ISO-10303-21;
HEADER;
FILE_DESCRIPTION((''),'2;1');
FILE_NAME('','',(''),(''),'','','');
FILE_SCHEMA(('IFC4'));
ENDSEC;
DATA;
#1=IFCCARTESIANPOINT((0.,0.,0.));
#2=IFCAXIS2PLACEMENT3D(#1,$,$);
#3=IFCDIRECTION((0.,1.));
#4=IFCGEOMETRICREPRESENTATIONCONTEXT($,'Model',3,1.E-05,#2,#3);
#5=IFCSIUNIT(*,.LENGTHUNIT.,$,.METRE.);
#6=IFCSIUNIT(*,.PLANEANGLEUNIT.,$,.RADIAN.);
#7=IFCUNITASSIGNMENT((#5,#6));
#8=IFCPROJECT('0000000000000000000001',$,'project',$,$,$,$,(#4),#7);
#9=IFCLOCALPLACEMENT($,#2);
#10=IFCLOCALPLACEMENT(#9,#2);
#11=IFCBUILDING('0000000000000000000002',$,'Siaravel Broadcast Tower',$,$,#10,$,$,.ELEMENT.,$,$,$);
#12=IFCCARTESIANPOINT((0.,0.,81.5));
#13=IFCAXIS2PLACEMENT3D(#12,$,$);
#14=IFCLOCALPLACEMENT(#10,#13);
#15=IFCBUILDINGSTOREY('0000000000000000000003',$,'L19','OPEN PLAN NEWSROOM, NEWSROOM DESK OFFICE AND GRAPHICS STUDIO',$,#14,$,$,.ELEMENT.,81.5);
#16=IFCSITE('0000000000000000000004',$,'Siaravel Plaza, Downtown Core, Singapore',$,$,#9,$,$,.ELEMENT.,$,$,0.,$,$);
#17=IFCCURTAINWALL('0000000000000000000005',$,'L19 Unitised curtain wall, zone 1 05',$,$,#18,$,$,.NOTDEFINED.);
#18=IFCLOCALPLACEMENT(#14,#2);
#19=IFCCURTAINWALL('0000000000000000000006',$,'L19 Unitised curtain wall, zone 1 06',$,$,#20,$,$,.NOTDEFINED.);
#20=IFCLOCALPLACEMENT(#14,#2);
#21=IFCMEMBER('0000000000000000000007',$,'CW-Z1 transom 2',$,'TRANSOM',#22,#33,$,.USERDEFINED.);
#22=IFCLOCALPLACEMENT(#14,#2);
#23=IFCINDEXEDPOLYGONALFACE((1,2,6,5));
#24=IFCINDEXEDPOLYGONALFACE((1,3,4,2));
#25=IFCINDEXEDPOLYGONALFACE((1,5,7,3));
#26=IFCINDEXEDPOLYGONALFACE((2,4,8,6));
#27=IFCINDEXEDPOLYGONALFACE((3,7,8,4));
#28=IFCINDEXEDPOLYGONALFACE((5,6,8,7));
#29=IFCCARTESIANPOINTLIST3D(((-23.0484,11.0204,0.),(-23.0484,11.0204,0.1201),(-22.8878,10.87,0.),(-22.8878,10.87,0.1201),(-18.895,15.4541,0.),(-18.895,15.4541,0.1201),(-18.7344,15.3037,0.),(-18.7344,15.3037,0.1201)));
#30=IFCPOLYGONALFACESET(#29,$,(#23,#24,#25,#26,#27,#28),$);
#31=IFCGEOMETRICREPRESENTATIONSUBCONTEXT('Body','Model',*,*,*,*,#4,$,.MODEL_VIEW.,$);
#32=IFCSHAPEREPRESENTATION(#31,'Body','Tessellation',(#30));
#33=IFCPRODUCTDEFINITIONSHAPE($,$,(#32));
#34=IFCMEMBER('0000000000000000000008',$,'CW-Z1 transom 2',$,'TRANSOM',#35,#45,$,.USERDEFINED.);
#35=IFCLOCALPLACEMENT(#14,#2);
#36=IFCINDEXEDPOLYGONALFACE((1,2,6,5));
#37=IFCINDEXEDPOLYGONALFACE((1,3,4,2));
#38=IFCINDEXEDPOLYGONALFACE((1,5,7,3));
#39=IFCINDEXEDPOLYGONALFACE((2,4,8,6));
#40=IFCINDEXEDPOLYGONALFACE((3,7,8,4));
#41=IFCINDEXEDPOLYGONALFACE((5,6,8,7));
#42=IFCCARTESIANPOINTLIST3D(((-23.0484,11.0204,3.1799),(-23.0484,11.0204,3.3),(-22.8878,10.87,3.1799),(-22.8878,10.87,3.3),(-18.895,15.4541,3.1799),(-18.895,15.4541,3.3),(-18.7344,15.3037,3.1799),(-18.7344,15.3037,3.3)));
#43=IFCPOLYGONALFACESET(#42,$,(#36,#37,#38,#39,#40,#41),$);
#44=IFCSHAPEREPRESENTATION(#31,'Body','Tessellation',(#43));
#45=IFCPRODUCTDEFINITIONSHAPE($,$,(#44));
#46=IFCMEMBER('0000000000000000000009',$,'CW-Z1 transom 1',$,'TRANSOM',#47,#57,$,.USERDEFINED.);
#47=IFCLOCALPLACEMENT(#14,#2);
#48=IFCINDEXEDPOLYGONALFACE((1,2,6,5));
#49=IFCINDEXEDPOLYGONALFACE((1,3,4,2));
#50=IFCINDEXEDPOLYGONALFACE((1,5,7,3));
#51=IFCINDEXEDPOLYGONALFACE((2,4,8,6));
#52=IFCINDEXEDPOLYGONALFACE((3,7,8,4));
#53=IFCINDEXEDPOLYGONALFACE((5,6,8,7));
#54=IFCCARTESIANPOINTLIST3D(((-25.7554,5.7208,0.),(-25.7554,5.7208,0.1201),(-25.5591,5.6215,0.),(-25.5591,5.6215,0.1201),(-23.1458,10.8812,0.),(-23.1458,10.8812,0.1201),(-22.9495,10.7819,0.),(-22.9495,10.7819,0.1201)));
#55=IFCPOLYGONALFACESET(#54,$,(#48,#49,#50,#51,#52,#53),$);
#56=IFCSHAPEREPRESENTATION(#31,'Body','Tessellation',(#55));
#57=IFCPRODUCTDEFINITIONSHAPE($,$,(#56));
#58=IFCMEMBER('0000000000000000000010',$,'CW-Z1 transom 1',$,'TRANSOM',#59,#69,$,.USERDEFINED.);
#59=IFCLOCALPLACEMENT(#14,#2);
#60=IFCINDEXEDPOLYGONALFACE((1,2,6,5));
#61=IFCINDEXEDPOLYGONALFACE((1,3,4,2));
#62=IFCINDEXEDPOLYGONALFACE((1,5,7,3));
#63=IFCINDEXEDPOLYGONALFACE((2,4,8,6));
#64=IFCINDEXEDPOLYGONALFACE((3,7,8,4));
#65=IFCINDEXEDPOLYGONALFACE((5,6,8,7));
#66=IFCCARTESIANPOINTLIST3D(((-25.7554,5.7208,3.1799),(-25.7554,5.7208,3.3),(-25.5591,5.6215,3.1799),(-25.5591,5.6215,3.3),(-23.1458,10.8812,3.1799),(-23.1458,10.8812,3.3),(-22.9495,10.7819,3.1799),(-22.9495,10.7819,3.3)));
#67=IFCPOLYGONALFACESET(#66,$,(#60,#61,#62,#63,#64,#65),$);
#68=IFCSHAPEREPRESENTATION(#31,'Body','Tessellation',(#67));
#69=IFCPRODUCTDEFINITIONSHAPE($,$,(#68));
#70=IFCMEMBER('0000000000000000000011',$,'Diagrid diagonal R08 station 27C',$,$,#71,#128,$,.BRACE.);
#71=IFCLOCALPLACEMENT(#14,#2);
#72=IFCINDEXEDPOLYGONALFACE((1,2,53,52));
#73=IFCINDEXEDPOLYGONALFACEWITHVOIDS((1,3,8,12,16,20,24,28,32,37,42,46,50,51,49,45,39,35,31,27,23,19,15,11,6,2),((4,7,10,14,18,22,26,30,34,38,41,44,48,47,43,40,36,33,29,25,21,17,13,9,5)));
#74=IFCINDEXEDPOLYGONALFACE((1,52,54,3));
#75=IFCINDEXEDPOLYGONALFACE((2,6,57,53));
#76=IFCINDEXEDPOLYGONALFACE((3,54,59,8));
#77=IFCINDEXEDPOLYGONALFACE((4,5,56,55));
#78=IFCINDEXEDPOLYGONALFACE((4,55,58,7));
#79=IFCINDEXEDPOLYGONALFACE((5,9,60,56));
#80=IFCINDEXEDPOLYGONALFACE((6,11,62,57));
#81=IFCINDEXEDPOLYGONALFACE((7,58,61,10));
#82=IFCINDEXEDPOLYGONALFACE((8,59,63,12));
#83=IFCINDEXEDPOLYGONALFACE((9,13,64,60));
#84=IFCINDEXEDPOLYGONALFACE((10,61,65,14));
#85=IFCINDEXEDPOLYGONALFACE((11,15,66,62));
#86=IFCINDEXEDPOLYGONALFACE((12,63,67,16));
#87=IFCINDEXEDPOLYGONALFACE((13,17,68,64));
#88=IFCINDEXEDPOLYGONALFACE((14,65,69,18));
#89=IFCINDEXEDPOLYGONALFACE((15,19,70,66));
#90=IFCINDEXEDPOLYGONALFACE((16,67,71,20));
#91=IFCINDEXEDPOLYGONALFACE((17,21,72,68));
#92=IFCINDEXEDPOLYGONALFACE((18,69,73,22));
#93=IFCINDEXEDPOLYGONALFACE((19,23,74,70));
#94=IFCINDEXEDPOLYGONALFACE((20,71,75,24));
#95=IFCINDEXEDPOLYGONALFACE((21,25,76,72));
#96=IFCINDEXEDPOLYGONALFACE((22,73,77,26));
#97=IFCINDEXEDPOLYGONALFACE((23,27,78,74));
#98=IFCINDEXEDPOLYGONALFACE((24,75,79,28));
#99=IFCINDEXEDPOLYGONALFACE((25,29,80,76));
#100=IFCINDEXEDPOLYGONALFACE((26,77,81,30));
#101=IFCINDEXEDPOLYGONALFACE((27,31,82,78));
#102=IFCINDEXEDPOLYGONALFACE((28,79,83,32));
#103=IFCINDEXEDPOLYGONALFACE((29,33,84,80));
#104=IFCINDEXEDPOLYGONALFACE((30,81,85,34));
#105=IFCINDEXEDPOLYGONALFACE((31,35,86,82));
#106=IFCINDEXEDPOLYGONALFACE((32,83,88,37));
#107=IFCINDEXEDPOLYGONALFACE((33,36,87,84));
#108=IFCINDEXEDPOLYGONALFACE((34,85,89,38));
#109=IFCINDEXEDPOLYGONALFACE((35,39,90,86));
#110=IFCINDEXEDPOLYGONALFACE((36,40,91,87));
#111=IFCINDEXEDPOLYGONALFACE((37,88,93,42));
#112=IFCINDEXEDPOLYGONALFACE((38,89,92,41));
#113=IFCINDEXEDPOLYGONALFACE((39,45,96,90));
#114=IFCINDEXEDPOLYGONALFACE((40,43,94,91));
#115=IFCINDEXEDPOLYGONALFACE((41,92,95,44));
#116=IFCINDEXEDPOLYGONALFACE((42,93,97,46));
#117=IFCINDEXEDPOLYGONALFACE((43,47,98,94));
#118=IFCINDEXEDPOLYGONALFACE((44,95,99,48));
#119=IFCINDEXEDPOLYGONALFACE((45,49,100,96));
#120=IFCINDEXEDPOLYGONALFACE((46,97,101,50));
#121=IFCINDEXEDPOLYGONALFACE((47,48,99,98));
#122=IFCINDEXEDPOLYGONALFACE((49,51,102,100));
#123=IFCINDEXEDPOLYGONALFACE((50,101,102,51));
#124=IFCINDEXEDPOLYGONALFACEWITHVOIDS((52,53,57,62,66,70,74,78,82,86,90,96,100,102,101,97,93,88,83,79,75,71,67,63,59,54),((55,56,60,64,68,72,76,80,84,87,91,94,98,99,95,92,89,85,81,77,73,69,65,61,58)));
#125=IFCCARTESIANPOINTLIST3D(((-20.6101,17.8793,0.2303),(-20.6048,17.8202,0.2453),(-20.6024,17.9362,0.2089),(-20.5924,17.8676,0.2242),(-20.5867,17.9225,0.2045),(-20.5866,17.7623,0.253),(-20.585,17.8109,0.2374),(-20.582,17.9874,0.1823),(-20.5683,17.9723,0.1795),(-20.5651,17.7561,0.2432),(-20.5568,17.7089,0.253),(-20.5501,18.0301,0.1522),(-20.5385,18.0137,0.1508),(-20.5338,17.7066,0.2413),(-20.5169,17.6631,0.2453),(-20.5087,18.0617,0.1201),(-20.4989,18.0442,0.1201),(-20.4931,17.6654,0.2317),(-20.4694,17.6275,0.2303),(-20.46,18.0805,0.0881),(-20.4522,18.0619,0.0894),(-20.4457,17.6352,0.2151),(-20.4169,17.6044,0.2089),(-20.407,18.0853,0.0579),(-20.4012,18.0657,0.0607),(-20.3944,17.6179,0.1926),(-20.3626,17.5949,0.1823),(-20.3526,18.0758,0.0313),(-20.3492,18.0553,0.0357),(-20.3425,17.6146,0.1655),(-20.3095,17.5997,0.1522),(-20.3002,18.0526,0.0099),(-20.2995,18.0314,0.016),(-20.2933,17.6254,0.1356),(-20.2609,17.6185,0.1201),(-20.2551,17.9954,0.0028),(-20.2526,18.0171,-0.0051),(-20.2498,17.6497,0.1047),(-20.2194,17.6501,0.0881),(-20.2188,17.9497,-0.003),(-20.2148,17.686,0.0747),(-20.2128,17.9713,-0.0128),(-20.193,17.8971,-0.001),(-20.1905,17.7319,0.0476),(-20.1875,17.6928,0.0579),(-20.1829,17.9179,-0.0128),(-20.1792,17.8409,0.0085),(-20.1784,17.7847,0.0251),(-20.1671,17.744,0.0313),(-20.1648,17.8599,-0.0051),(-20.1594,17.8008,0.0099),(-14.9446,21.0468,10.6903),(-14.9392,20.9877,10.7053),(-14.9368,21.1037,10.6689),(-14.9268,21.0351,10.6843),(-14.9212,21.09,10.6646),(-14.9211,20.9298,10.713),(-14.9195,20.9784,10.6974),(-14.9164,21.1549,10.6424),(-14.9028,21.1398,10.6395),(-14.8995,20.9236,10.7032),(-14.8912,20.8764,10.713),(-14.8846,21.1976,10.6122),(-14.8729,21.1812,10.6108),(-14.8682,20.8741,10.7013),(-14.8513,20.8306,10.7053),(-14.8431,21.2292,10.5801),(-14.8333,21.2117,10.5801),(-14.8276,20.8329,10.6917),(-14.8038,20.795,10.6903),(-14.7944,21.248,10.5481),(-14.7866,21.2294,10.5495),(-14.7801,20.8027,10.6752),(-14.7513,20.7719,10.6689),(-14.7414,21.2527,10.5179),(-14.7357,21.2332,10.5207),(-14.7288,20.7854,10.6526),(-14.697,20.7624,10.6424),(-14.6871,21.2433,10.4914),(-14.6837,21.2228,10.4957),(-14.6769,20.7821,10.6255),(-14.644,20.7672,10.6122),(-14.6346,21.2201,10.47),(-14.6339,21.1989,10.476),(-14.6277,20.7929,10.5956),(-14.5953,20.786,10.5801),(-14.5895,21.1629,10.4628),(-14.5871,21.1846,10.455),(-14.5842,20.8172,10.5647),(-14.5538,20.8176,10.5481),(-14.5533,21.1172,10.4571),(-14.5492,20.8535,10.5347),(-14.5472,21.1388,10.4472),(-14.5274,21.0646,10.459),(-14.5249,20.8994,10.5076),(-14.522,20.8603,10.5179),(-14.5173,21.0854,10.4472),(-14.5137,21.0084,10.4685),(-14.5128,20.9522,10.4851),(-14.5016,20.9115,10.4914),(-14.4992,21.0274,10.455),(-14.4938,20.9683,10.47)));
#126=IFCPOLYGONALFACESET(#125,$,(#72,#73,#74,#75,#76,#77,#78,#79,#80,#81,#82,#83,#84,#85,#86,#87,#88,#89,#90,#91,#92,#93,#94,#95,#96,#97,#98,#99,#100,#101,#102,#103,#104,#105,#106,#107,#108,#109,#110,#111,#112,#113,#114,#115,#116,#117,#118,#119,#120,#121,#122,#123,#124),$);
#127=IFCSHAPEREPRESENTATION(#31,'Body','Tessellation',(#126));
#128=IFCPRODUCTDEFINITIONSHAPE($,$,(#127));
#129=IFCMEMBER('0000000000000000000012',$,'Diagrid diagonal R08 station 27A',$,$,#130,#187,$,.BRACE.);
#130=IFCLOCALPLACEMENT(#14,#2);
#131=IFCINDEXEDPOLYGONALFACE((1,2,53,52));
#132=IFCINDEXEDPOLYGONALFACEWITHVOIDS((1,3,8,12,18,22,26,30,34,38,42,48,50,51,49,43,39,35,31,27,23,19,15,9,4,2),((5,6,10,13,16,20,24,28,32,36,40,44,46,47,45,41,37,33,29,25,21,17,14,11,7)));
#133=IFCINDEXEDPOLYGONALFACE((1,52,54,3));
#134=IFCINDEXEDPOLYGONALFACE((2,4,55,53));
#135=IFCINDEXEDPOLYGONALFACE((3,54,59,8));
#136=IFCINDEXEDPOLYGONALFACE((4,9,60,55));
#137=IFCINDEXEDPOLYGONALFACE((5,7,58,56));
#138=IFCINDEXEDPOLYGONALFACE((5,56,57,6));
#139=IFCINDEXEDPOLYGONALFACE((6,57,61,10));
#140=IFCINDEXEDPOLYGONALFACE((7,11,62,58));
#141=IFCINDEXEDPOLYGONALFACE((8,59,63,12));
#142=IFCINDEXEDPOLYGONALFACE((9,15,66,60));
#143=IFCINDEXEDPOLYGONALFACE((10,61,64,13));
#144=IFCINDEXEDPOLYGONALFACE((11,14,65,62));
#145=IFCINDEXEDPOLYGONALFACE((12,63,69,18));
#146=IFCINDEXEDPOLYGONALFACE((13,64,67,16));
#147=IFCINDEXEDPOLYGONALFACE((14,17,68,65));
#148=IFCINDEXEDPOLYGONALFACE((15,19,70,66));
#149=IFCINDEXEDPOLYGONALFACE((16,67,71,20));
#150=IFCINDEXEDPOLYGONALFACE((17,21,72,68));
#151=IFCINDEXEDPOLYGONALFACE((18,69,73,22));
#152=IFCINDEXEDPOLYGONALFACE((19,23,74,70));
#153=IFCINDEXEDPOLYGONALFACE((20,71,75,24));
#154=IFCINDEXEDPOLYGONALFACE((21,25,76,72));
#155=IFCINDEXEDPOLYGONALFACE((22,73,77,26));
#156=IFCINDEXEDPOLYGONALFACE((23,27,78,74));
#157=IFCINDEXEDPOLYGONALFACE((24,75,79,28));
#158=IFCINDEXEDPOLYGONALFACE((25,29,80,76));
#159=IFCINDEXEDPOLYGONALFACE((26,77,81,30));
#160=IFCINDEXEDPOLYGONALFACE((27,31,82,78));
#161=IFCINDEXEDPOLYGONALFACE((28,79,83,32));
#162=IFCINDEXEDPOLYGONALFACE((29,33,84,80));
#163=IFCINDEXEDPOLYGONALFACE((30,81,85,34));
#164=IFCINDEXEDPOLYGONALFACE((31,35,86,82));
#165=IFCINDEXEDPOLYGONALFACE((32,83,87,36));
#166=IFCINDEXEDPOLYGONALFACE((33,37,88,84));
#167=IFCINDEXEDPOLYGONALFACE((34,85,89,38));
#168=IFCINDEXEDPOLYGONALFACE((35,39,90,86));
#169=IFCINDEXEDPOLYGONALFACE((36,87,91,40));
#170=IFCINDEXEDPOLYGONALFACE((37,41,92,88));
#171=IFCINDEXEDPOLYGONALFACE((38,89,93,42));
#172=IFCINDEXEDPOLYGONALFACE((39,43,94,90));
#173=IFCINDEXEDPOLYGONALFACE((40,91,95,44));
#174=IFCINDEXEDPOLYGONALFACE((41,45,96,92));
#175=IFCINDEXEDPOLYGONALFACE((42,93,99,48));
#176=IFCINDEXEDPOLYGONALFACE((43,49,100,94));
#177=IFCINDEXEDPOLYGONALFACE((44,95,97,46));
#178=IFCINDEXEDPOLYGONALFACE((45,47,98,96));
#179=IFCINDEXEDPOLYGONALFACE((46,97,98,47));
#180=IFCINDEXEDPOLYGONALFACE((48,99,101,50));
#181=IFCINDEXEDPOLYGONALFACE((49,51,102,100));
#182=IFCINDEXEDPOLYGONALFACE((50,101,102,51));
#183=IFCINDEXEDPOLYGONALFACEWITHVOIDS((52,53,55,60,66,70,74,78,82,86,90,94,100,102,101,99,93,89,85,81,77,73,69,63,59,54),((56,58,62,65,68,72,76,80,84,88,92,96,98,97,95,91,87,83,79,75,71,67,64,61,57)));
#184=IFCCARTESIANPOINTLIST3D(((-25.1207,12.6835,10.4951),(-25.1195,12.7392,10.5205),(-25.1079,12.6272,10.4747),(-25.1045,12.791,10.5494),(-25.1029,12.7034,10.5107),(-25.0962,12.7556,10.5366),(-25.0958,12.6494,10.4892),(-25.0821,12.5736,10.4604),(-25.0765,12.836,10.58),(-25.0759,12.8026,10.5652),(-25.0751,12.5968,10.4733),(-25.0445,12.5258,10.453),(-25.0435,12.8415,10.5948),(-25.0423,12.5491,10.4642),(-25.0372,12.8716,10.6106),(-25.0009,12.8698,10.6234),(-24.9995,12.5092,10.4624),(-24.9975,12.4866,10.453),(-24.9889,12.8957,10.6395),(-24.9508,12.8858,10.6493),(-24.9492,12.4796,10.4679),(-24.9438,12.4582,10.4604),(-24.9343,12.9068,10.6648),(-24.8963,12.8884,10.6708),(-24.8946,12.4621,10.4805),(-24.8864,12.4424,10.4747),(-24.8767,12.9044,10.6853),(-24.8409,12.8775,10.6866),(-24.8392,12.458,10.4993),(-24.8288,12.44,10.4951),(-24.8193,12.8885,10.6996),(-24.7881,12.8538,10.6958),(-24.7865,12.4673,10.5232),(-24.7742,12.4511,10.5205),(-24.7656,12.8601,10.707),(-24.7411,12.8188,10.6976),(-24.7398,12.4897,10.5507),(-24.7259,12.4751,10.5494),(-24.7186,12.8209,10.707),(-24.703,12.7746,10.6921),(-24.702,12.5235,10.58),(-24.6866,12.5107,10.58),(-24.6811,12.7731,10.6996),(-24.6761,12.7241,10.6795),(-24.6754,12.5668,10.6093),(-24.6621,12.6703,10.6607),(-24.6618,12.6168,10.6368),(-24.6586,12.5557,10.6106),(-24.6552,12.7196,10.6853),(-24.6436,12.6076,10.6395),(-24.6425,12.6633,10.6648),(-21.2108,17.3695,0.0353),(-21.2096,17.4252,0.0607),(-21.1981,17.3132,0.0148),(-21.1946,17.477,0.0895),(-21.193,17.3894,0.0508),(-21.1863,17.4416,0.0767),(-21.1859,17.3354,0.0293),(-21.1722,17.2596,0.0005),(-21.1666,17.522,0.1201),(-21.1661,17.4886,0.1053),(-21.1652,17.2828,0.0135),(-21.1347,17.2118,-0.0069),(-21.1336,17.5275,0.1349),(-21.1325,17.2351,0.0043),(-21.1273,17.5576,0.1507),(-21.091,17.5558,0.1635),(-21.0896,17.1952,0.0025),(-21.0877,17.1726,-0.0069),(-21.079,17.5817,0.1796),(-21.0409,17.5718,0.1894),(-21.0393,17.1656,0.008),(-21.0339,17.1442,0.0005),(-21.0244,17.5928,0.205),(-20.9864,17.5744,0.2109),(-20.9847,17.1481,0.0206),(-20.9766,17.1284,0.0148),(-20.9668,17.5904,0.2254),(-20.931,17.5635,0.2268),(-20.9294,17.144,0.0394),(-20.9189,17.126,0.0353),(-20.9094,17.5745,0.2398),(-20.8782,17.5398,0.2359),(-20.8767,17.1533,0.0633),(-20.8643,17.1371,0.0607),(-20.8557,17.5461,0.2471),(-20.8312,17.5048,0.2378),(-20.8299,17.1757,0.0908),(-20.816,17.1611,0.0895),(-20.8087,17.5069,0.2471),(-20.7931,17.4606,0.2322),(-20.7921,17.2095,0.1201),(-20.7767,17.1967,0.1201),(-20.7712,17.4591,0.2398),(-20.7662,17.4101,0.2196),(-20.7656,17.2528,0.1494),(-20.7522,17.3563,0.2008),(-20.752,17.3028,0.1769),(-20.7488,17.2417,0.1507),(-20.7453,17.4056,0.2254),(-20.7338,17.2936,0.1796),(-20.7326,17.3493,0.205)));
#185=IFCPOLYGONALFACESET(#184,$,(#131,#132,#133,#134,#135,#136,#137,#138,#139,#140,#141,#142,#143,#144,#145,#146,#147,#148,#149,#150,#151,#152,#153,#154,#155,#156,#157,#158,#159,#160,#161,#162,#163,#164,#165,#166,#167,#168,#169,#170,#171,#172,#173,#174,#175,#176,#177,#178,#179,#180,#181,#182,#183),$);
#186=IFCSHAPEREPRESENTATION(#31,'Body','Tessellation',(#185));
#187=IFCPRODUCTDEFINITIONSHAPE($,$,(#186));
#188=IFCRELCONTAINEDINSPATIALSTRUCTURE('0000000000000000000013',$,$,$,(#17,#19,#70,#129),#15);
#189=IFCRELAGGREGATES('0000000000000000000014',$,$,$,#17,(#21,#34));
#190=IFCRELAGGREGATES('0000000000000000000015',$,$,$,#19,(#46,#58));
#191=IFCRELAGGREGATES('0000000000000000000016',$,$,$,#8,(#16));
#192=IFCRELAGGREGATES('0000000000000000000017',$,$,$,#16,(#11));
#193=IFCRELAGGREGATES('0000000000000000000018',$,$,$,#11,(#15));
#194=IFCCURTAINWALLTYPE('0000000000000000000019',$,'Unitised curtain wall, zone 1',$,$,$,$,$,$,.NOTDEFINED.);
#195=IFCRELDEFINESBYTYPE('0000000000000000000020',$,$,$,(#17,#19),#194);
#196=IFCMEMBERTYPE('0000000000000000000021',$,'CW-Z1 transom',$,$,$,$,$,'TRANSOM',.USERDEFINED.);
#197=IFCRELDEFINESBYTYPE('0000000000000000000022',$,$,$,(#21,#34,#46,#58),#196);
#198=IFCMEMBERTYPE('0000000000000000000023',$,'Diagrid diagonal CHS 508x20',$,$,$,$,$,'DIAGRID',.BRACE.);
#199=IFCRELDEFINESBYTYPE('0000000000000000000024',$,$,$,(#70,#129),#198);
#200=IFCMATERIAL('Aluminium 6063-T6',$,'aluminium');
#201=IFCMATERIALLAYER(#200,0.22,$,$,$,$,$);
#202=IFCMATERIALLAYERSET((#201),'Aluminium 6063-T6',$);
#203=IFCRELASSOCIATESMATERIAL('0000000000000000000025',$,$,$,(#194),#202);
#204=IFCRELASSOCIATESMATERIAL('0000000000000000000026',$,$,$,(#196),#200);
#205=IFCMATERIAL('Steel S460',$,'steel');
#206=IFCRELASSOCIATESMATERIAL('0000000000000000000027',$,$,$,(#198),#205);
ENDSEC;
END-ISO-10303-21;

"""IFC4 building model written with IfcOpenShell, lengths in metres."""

from ifc_helpers import new_model, si_unit, direction, frame, origin, origin_2d, place, context, subcontext, project, spatial, rectangle, hollow_circle, extrude, material, layer, layer_set, material_profile, profile_set, type_object, element, aggregate, save


model = new_model("IFC4")

# Units and contexts
model_context = context("Model", 3, precision=1e-05, world=origin(), true_north=direction((0.0, 1.0)))
body_context = subcontext(model_context, "Body", "Model", "MODEL_VIEW")
ifc_project = project(units=[si_unit("LENGTHUNIT", "METRE"), si_unit("PLANEANGLEUNIT", "RADIAN")], contexts=[model_context])

# Site, building, storey
site_placement = place(None, origin())
site = spatial("IfcSite", under=ifc_project, at=site_placement, Name="Siaravel Plaza, Downtown Core, Singapore", CompositionType="ELEMENT", RefElevation=0.0)
building_placement = place(site_placement, origin())
building = spatial("IfcBuilding", under=site, at=building_placement, Name="Siaravel Broadcast Tower", CompositionType="ELEMENT")
storey_placement = place(building_placement, frame((0.0, 0.0, 81.5)))
storey = spatial("IfcBuildingStorey", under=building, at=storey_placement, Name="L19", Description="OPEN PLAN NEWSROOM, NEWSROOM DESK OFFICE AND GRAPHICS STUDIO", CompositionType="ELEMENT", Elevation=81.5)

# Curtain wall
ifc_material_1 = material(Name="Aluminium 6063-T6", Category="aluminium")
ifc_layer_1 = layer(ifc_material_1, 0.22)
ifc_layer_set_1 = layer_set([ifc_layer_1], Name="Aluminium 6063-T6")
curtain_wall_type = type_object("IfcCurtainWallType", Name="Unitised curtain wall, zone 1", PredefinedType="NOTDEFINED", material=ifc_layer_set_1)
curtain_wall_1_placement = place(storey_placement, origin())
curtain_wall_1 = element("IfcCurtainWall", 1, at=curtain_wall_1_placement, inside=storey, type_object=curtain_wall_type, Name="L19 Unitised curtain wall, zone 1 05", PredefinedType="NOTDEFINED")

# Curtain wall
curtain_wall_2_placement = place(storey_placement, origin())
curtain_wall_2 = element("IfcCurtainWall", 2, at=curtain_wall_2_placement, inside=storey, type_object=curtain_wall_type, Name="L19 Unitised curtain wall, zone 1 06", PredefinedType="NOTDEFINED")

# Members
ifc_material_profile_1 = material_profile(ifc_material_1, rectangle(XDim=0.22, YDim=0.1201, at=origin_2d()))
ifc_profile_set_1 = profile_set([ifc_material_profile_1], Name="Aluminium 6063-T6")
member_type_1 = type_object("IfcMemberType", Name="CW-Z1 transom", ElementType="TRANSOM", PredefinedType="USERDEFINED", material=ifc_profile_set_1)
member_1_placement = place(storey_placement, frame((-18.8147, 15.3789, 0.0601), z_axis=(-0.683663, -0.729798, 0.0), x_axis=(0.729798, -0.683663, 0.0)))
member_1 = element("IfcMember", 3, at=member_1_placement, type_object=member_type_1, Name="CW-Z1 transom 2", ObjectType="TRANSOM", PredefinedType="USERDEFINED", context=body_context, shape_type="SweptSolid", body=[
    extrude(rectangle(XDim=0.22, YDim=0.1201, at=origin_2d()), origin(), (0.0, 0.0, 1.0), 6.0752),
])
member_2_placement = place(storey_placement, frame((-18.8147, 15.3789, 3.24), z_axis=(-0.683663, -0.729798, 0.0), x_axis=(0.729798, -0.683663, 0.0)))
member_2 = element("IfcMember", 4, at=member_2_placement, type_object=member_type_1, Name="CW-Z1 transom 2", ObjectType="TRANSOM", PredefinedType="USERDEFINED", context=body_context, shape_type="SweptSolid", body=[
    extrude(rectangle(XDim=0.22, YDim=0.1201, at=origin_2d()), origin(), (0.0, 0.0, 1.0), 6.0752),
])
member_3_placement = place(storey_placement, frame((-23.0476, 10.8315, 0.0601), z_axis=(-0.451279, -0.892383, 0.0), x_axis=(0.892383, -0.451279, 0.0)))
member_3 = element("IfcMember", 5, at=member_3_placement, type_object=member_type_1, Name="CW-Z1 transom 1", ObjectType="TRANSOM", PredefinedType="USERDEFINED", context=body_context, shape_type="SweptSolid", body=[
    extrude(rectangle(XDim=0.22, YDim=0.1201, at=origin_2d()), origin(), (0.0, 0.0, 1.0), 5.7827),
])
member_4_placement = place(storey_placement, frame((-23.0476, 10.8315, 3.24), z_axis=(-0.451279, -0.892383, 0.0), x_axis=(0.892383, -0.451279, 0.0)))
member_4 = element("IfcMember", 6, at=member_4_placement, type_object=member_type_1, Name="CW-Z1 transom 1", ObjectType="TRANSOM", PredefinedType="USERDEFINED", context=body_context, shape_type="SweptSolid", body=[
    extrude(rectangle(XDim=0.22, YDim=0.1201, at=origin_2d()), origin(), (0.0, 0.0, 1.0), 5.7827),
])

# Members
ifc_material_2 = material(Name="Steel S460", Category="steel")
ifc_material_profile_2 = material_profile(ifc_material_2, hollow_circle(Radius=0.2539, WallThickness=0.02, at=origin_2d()))
ifc_profile_set_2 = profile_set([ifc_material_profile_2], Name="Steel S460")
member_type_2 = type_object("IfcMemberType", Name="Diagrid diagonal CHS 508x20", ElementType="DIAGRID", PredefinedType="BRACE", material=ifc_profile_set_2)
member_5_placement = place(storey_placement, frame((-20.3848, 17.8401, 0.1201), z_axis=(0.460229, 0.257305, 0.849696), x_axis=(-0.487992, 0.872848, 0.0)))
element("IfcMember", 7, at=member_5_placement, inside=storey, type_object=member_type_2, Name="Diagrid diagonal R08 station 27C", PredefinedType="BRACE", context=body_context, shape_type="SweptSolid", body=[
    extrude(hollow_circle(Radius=0.2539, WallThickness=0.02, at=origin_2d()), origin(), (0.0, 0.0, 1.0), 12.3103),
])
member_6_placement = place(storey_placement, frame((-20.9717, 17.3594, 0.1201), z_axis=(-0.322861, -0.386949, 0.863731), x_axis=(0.767828, -0.640656, 0.0)))
element("IfcMember", 8, at=member_6_placement, inside=storey, type_object=member_type_2, Name="Diagrid diagonal R08 station 27A", PredefinedType="BRACE", context=body_context, shape_type="SweptSolid", body=[
    extrude(hollow_circle(Radius=0.2539, WallThickness=0.02, at=origin_2d()), origin(), (0.0, 0.0, 1.0), 12.1101),
])

aggregate(curtain_wall_1, [member_1, member_2])
aggregate(curtain_wall_2, [member_3, member_4])

save(model, "model.ifc")
